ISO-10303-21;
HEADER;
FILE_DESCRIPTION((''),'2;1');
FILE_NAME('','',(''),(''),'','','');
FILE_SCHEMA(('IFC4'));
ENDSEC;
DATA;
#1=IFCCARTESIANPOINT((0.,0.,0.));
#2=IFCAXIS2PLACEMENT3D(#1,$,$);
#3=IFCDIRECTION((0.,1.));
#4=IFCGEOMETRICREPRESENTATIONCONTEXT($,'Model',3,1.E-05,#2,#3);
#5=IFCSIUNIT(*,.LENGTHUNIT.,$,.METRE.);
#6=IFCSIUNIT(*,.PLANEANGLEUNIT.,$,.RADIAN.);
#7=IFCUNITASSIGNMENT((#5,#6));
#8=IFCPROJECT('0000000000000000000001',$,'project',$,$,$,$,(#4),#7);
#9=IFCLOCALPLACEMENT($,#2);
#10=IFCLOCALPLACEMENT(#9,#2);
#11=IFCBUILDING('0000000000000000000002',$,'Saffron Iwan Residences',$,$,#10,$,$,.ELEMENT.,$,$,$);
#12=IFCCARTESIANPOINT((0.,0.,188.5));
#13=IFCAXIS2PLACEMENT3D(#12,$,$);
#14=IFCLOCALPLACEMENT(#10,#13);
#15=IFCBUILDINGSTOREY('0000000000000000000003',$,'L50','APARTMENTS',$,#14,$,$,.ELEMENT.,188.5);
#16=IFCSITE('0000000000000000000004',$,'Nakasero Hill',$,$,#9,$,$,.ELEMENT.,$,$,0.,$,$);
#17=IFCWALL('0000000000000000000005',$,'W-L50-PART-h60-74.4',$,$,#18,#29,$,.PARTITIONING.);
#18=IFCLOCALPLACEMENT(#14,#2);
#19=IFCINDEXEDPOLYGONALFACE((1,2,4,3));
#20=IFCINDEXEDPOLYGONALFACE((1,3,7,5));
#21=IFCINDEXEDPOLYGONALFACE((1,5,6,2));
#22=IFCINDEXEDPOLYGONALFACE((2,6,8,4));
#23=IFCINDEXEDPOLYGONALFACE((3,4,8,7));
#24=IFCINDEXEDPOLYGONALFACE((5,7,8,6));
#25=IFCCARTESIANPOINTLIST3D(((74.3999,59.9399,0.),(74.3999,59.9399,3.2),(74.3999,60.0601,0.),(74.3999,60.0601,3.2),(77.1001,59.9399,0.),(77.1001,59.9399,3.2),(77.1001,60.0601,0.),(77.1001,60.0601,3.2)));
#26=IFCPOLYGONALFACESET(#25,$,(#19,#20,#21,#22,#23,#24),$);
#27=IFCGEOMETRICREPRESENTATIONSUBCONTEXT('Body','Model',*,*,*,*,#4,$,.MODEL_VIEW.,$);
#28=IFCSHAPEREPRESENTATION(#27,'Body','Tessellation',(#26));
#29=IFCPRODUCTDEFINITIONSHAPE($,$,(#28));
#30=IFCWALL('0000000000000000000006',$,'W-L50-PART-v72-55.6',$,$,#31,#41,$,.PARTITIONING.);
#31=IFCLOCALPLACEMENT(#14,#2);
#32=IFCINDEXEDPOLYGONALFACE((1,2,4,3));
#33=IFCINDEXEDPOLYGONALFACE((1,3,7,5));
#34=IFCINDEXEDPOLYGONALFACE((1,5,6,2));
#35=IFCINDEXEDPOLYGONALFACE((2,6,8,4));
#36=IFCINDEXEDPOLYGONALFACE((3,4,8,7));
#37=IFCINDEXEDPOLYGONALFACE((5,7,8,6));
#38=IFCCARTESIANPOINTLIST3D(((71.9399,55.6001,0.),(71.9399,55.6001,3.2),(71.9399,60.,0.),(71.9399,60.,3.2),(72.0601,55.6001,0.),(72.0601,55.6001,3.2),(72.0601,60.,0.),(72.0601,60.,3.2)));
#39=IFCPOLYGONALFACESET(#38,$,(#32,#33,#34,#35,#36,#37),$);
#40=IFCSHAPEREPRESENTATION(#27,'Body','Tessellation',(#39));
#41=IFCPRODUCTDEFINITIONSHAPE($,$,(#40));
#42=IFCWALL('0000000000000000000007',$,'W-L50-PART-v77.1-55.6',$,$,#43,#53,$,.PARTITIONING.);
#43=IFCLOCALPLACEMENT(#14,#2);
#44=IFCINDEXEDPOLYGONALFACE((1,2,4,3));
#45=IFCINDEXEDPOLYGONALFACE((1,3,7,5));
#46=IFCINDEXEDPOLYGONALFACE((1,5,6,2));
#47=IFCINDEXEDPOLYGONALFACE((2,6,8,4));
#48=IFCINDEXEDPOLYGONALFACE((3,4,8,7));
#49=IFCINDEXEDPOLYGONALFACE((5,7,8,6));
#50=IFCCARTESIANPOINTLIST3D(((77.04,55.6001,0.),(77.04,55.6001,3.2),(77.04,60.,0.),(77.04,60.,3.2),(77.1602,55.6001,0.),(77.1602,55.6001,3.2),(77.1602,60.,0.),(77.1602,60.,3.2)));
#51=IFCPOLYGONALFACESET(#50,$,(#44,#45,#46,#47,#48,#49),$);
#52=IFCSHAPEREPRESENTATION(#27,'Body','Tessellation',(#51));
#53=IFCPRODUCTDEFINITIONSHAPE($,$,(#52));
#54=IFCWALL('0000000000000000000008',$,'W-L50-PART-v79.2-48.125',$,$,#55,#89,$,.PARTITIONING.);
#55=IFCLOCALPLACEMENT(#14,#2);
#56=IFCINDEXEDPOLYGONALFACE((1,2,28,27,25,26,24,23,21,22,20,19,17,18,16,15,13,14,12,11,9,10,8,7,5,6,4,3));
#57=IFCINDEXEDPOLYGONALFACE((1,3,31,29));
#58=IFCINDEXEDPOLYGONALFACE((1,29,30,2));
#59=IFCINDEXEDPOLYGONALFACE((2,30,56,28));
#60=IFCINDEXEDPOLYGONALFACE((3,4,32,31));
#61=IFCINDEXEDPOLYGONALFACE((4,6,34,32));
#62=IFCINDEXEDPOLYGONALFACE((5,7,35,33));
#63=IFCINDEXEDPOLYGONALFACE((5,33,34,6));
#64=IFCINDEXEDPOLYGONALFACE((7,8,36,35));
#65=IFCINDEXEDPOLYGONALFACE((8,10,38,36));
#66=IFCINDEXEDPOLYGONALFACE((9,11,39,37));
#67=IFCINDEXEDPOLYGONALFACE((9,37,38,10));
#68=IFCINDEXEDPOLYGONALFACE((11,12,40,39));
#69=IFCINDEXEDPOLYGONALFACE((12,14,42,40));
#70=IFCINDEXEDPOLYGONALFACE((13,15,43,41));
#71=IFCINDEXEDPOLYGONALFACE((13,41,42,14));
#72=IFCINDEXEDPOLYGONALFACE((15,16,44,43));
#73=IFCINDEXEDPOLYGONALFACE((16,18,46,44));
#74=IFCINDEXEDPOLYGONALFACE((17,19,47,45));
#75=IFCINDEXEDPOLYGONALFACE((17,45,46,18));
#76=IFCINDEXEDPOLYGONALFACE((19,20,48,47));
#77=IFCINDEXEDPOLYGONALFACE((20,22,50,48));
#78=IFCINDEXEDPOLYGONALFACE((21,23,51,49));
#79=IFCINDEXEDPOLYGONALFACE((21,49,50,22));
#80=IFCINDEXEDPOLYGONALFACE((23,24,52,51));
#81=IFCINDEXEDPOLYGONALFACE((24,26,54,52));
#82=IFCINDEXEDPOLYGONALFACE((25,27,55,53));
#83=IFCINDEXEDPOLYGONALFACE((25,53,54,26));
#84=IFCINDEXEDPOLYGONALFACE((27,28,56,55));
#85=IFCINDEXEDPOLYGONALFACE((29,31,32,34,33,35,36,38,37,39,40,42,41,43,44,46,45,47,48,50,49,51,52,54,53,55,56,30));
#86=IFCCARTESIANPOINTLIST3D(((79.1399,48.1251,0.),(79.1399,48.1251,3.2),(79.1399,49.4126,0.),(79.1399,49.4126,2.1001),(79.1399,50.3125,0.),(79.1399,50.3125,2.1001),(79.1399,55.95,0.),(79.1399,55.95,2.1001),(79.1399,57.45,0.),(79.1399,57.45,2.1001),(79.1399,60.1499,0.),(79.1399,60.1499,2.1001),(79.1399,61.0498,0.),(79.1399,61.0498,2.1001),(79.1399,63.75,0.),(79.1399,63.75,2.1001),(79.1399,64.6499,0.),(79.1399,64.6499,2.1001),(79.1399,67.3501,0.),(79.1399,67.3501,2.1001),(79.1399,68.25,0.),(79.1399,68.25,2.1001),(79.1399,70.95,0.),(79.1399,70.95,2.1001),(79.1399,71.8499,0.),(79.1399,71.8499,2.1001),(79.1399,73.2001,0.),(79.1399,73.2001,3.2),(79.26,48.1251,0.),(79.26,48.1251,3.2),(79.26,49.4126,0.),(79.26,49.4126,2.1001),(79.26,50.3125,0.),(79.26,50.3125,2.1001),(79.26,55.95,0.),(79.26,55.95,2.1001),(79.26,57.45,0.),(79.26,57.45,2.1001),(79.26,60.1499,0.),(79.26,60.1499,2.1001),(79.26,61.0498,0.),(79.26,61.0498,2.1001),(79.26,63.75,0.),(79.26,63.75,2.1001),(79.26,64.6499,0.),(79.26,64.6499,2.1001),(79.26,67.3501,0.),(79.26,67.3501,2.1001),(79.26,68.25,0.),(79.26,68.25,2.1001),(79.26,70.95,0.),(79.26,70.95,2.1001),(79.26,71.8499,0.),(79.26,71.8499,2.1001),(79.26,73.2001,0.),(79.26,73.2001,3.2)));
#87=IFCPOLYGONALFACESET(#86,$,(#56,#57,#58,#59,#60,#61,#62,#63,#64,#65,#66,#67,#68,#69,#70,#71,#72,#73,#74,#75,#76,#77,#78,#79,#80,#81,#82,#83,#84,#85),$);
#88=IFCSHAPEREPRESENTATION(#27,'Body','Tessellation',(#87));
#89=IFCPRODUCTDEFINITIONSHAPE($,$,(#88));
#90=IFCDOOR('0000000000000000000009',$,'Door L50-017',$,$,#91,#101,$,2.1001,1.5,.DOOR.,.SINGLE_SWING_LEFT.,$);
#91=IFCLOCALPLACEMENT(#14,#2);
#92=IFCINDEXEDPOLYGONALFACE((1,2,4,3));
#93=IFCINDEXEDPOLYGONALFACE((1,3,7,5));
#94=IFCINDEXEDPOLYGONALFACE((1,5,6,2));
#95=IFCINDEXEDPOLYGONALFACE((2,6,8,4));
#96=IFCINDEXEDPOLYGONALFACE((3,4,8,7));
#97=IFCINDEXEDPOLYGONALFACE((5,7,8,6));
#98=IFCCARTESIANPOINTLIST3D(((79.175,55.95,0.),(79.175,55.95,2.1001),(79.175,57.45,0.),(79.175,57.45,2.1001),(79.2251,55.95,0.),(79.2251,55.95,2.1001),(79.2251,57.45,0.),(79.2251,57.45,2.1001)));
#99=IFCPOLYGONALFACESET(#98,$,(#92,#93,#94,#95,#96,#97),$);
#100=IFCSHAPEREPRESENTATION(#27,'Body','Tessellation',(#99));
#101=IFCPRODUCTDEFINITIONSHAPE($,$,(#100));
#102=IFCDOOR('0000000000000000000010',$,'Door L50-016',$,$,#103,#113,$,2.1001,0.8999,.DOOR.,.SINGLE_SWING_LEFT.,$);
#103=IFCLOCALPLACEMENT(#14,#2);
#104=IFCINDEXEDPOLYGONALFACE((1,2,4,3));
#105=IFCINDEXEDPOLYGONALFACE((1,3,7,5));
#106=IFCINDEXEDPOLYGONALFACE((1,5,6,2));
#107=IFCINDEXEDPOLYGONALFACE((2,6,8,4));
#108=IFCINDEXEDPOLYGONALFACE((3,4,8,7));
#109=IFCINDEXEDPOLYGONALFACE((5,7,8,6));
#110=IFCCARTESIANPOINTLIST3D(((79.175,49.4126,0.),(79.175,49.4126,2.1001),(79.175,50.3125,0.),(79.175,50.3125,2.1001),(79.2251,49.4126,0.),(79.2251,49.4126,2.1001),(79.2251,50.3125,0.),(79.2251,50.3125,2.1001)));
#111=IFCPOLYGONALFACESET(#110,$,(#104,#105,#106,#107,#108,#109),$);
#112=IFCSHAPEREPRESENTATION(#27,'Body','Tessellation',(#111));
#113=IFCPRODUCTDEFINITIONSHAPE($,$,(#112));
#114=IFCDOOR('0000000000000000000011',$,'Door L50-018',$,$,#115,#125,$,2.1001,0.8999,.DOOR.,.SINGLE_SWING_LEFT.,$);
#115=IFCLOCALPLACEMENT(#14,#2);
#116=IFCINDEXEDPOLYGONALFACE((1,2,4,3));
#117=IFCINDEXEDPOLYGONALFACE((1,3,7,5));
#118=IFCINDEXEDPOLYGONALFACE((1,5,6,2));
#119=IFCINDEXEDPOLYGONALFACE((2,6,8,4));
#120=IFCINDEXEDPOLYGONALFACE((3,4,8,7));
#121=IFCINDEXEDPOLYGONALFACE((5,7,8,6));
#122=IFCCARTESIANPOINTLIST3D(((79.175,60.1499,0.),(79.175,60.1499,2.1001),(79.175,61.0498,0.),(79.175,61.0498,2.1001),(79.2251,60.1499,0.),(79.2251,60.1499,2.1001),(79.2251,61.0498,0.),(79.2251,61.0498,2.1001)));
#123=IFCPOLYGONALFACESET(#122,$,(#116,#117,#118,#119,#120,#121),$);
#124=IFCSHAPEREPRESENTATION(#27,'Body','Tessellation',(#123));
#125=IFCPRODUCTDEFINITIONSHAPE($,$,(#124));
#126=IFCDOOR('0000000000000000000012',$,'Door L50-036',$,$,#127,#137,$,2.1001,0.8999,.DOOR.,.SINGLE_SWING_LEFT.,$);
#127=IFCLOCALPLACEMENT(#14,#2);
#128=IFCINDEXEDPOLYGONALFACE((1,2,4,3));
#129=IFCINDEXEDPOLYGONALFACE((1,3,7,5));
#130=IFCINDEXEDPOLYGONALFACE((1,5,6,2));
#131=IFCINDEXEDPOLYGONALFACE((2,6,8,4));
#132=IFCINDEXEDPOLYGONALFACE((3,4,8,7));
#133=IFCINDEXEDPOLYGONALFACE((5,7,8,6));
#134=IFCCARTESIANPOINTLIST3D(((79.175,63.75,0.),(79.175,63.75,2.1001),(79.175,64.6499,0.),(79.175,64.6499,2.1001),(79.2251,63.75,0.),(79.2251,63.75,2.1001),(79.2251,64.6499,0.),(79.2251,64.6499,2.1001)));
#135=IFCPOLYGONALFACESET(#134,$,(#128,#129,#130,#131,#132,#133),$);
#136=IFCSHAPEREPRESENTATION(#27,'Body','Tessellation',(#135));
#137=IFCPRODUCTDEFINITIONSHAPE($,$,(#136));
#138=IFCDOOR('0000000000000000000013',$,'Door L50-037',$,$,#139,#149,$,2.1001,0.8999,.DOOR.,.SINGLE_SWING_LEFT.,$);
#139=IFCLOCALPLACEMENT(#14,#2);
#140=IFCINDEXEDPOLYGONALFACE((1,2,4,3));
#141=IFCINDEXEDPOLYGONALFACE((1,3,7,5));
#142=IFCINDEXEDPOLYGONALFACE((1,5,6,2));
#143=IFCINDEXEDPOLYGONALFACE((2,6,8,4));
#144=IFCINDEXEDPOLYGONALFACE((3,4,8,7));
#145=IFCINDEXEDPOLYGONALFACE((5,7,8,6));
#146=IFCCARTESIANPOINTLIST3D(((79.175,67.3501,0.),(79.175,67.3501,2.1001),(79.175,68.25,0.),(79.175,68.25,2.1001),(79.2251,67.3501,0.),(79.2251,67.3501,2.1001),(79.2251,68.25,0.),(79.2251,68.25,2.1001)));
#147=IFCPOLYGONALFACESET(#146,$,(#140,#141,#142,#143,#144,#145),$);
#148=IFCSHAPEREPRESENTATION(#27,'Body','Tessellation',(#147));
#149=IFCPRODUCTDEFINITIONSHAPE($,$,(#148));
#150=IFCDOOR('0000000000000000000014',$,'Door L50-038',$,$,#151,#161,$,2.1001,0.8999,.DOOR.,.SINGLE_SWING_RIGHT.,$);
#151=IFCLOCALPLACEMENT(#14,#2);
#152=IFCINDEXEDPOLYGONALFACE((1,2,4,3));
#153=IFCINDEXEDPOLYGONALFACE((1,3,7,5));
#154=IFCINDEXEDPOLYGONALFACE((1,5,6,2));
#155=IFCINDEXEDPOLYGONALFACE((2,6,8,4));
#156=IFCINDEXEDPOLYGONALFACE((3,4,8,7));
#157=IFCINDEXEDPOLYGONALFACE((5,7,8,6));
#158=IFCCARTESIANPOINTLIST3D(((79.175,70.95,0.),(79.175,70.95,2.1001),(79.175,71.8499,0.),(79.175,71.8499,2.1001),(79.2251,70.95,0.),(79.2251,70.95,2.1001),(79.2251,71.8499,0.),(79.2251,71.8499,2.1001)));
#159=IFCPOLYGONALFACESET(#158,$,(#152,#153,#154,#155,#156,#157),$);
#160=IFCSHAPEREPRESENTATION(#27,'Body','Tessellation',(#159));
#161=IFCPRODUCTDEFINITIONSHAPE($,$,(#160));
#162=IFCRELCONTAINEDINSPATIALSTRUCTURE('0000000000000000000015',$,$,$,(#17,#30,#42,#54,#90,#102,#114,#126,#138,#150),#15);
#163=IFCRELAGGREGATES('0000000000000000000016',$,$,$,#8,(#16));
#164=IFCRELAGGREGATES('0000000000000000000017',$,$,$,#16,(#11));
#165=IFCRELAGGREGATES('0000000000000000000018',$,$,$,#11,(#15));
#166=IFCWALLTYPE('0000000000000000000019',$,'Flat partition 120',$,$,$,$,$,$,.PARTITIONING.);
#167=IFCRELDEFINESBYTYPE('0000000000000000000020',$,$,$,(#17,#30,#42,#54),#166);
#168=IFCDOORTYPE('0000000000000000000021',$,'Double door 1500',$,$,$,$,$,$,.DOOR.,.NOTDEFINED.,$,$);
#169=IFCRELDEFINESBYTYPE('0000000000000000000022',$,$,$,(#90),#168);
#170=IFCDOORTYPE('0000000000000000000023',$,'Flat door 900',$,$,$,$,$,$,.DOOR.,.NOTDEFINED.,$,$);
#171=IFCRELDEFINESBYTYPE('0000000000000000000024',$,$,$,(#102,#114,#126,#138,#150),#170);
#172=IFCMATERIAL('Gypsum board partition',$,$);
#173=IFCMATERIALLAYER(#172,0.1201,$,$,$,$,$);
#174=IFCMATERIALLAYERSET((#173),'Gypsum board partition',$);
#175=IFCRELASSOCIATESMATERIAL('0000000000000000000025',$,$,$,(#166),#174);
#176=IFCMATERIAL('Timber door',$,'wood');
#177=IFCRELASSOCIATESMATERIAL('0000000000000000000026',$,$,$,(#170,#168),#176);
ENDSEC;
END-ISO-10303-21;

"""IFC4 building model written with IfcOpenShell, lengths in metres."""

from ifc_helpers import new_model, si_unit, direction, frame, frame_2d, origin, place, context, subcontext, project, spatial, rectangle, extrude, material, layer, layer_set, type_object, element, fill, save


model = new_model("IFC4")

# Units and contexts
model_context = context("Model", 3, precision=1e-05, world=origin(), true_north=direction((0.0, 1.0)))
body_context = subcontext(model_context, "Body", "Model", "MODEL_VIEW")
ifc_project = project(units=[si_unit("LENGTHUNIT", "METRE"), si_unit("PLANEANGLEUNIT", "RADIAN")], contexts=[model_context])

# Site, building, storey
site_placement = place(None, origin())
site = spatial("IfcSite", under=ifc_project, at=site_placement, Name="Nakasero Hill", CompositionType="ELEMENT", RefElevation=0.0)
building_placement = place(site_placement, origin())
building = spatial("IfcBuilding", under=site, at=building_placement, Name="Saffron Iwan Residences", CompositionType="ELEMENT")
storey_placement = place(building_placement, frame((0.0, 0.0, 188.5)))
storey = spatial("IfcBuildingStorey", under=building, at=storey_placement, Name="L50", Description="APARTMENTS", CompositionType="ELEMENT", Elevation=188.5)

# Shared definitions
ifc_material_1 = material(Name="Gypsum board partition")
ifc_layer_1 = layer(ifc_material_1, 0.1201)
ifc_layer_set_1 = layer_set([ifc_layer_1], Name="Gypsum board partition")
wall_type_1 = type_object("IfcWallType", Name="Flat partition 120", PredefinedType="PARTITIONING", material=ifc_layer_set_1)

# Shared definitions
ifc_material_2 = material(Name="Timber door", Category="wood")
door_type_1 = type_object("IfcDoorType", Name="Flat door 900", OperationType="NOTDEFINED", PredefinedType="DOOR", material=ifc_material_2)

# Walls
wall_1_placement = place(storey_placement, frame((74.3999, 60.0, 0.0), z_axis=(0.0, 0.0, 1.0), x_axis=(1.0, 0.0, 0.0)))
element("IfcWall", 1, at=wall_1_placement, inside=storey, type_object=wall_type_1, Name="W-L50-PART-h60-74.4", PredefinedType="PARTITIONING", context=body_context, shape_type="SweptSolid", body=[
    extrude(rectangle(XDim=2.7002, YDim=0.1201, at=frame_2d((1.3501, 0.0))), origin(), (0.0, 0.0, 1.0), 3.2),
])
for number, where, z_axis, x_axis, name in (
    (2, (72.0, 55.6001, 0.0), (0.0, 0.0, 1.0), (0.0, 1.0, 0.0), "W-L50-PART-v72-55.6"),
    (3, (77.1001, 55.6001, 0.0), (0.0, 0.0, 1.0), (0.0, 1.0, 0.0), "W-L50-PART-v77.1-55.6"),
):
    element("IfcWall", number, at=place(storey_placement, frame(where, z_axis=z_axis, x_axis=x_axis)), inside=storey, type_object=wall_type_1, Name=name, PredefinedType="PARTITIONING", context=body_context, shape_type="SweptSolid", body=[
        extrude(rectangle(XDim=4.3999, YDim=0.1201, at=frame_2d((2.2, 0.0))), origin(), (0.0, 0.0, 1.0), 3.2),
    ])

# Wall, openings, doors
wall_2_placement = place(storey_placement, frame((79.2, 48.125, 0.0), z_axis=(0.0, 0.0, 1.0), x_axis=(0.0, 1.0, 0.0)))
wall_2 = element("IfcWall", 4, at=wall_2_placement, inside=storey, type_object=wall_type_1, Name="W-L50-PART-v79.2-48.125", PredefinedType="PARTITIONING", context=body_context, shape_type="SweptSolid", body=[
    extrude(rectangle(XDim=25.075, YDim=0.1201, at=frame_2d((12.5376, 0.0))), origin(), (0.0, 0.0, 1.0), 3.2),
])
opening_1_placement = place(wall_2_placement, frame((1.2876, 0.0, 0.0)))
opening_1 = element("IfcOpeningElement", 5, at=opening_1_placement, cuts=wall_2, PredefinedType="OPENING", context=body_context, shape_type="SweptSolid", body=[
    extrude(rectangle(XDim=0.8999, YDim=2.1001, at=frame_2d((0.45, 1.05))), frame((0.0, 0.0701, 0.0), z_axis=(0.0, -1.0, 0.0), x_axis=(1.0, 0.0, 0.0)), (0.0, 0.0, 1.0), 0.1401),
])
opening_2_placement = place(wall_2_placement, frame((7.825, 0.0, 0.0)))
opening_2 = element("IfcOpeningElement", 6, at=opening_2_placement, cuts=wall_2, PredefinedType="OPENING", context=body_context, shape_type="SweptSolid", body=[
    extrude(rectangle(XDim=1.5, YDim=2.1001, at=frame_2d((0.75, 1.05))), frame((0.0, 0.0701, 0.0), z_axis=(0.0, -1.0, 0.0), x_axis=(1.0, 0.0, 0.0)), (0.0, 0.0, 1.0), 0.1401),
])
opening_3_placement = place(wall_2_placement, frame((12.0249, 0.0, 0.0)))
opening_3 = element("IfcOpeningElement", 7, at=opening_3_placement, cuts=wall_2, PredefinedType="OPENING", context=body_context, shape_type="SweptSolid", body=[
    extrude(rectangle(XDim=0.8999, YDim=2.1001, at=frame_2d((0.45, 1.05))), frame((0.0, 0.0701, 0.0), z_axis=(0.0, -1.0, 0.0), x_axis=(1.0, 0.0, 0.0)), (0.0, 0.0, 1.0), 0.1401),
])
opening_4_placement = place(wall_2_placement, frame((15.625, 0.0, 0.0)))
opening_4 = element("IfcOpeningElement", 8, at=opening_4_placement, cuts=wall_2, PredefinedType="OPENING", context=body_context, shape_type="SweptSolid", body=[
    extrude(rectangle(XDim=0.8999, YDim=2.1001, at=frame_2d((0.45, 1.05))), frame((0.0, 0.0701, 0.0), z_axis=(0.0, -1.0, 0.0), x_axis=(1.0, 0.0, 0.0)), (0.0, 0.0, 1.0), 0.1401),
])
opening_5_placement = place(wall_2_placement, frame((19.2251, 0.0, 0.0)))
opening_5 = element("IfcOpeningElement", 9, at=opening_5_placement, cuts=wall_2, PredefinedType="OPENING", context=body_context, shape_type="SweptSolid", body=[
    extrude(rectangle(XDim=0.8999, YDim=2.1001, at=frame_2d((0.45, 1.05))), frame((0.0, 0.0701, 0.0), z_axis=(0.0, -1.0, 0.0), x_axis=(1.0, 0.0, 0.0)), (0.0, 0.0, 1.0), 0.1401),
])
opening_6_placement = place(wall_2_placement, frame((22.825, 0.0, 0.0)))
opening_6 = element("IfcOpeningElement", 10, at=opening_6_placement, cuts=wall_2, PredefinedType="OPENING", context=body_context, shape_type="SweptSolid", body=[
    extrude(rectangle(XDim=0.8999, YDim=2.1001, at=frame_2d((0.45, 1.05))), frame((0.0, 0.0701, 0.0), z_axis=(0.0, -1.0, 0.0), x_axis=(1.0, 0.0, 0.0)), (0.0, 0.0, 1.0), 0.1401),
])
door_type_2 = type_object("IfcDoorType", Name="Double door 1500", OperationType="NOTDEFINED", PredefinedType="DOOR", material=ifc_material_2)
door_1_placement = place(opening_2_placement, origin())
door_1 = element("IfcDoor", 11, at=door_1_placement, inside=storey, type_object=door_type_2, Name="Door L50-017", OperationType="SINGLE_SWING_LEFT", OverallHeight=2.1001, OverallWidth=1.5, PredefinedType="DOOR", context=body_context, shape_type="SweptSolid", body=[
    extrude(rectangle(XDim=1.5, YDim=2.1001, at=frame_2d((0.75, 1.05))), frame((0.0, 0.0249, 0.0), z_axis=(0.0, -1.0, 0.0), x_axis=(1.0, 0.0, 0.0)), (0.0, 0.0, 1.0), 0.05),
])
fill(opening_2, door_1)
door_2_placement = place(opening_1_placement, origin())
door_2 = element("IfcDoor", 12, at=door_2_placement, inside=storey, type_object=door_type_1, Name="Door L50-016", OperationType="SINGLE_SWING_LEFT", OverallHeight=2.1001, OverallWidth=0.8999, PredefinedType="DOOR", context=body_context, shape_type="SweptSolid", body=[
    extrude(rectangle(XDim=0.8999, YDim=2.1001, at=frame_2d((0.45, 1.05))), frame((0.0, 0.0249, 0.0), z_axis=(0.0, -1.0, 0.0), x_axis=(1.0, 0.0, 0.0)), (0.0, 0.0, 1.0), 0.05),
])
fill(opening_1, door_2)
door_3_placement = place(opening_3_placement, origin())
door_3 = element("IfcDoor", 13, at=door_3_placement, inside=storey, type_object=door_type_1, Name="Door L50-018", OperationType="SINGLE_SWING_LEFT", OverallHeight=2.1001, OverallWidth=0.8999, PredefinedType="DOOR", context=body_context, shape_type="SweptSolid", body=[
    extrude(rectangle(XDim=0.8999, YDim=2.1001, at=frame_2d((0.45, 1.05))), frame((0.0, 0.0249, 0.0), z_axis=(0.0, -1.0, 0.0), x_axis=(1.0, 0.0, 0.0)), (0.0, 0.0, 1.0), 0.05),
])
fill(opening_3, door_3)
door_4_placement = place(opening_4_placement, origin())
door_4 = element("IfcDoor", 14, at=door_4_placement, inside=storey, type_object=door_type_1, Name="Door L50-036", OperationType="SINGLE_SWING_LEFT", OverallHeight=2.1001, OverallWidth=0.8999, PredefinedType="DOOR", context=body_context, shape_type="SweptSolid", body=[
    extrude(rectangle(XDim=0.8999, YDim=2.1001, at=frame_2d((0.45, 1.05))), frame((0.0, 0.0249, 0.0), z_axis=(0.0, -1.0, 0.0), x_axis=(1.0, 0.0, 0.0)), (0.0, 0.0, 1.0), 0.05),
])
fill(opening_4, door_4)
door_5_placement = place(opening_5_placement, origin())
door_5 = element("IfcDoor", 15, at=door_5_placement, inside=storey, type_object=door_type_1, Name="Door L50-037", OperationType="SINGLE_SWING_LEFT", OverallHeight=2.1001, OverallWidth=0.8999, PredefinedType="DOOR", context=body_context, shape_type="SweptSolid", body=[
    extrude(rectangle(XDim=0.8999, YDim=2.1001, at=frame_2d((0.45, 1.05))), frame((0.0, 0.0249, 0.0), z_axis=(0.0, -1.0, 0.0), x_axis=(1.0, 0.0, 0.0)), (0.0, 0.0, 1.0), 0.05),
])
fill(opening_5, door_5)
door_6_placement = place(opening_6_placement, origin())
door_6 = element("IfcDoor", 16, at=door_6_placement, inside=storey, type_object=door_type_1, Name="Door L50-038", OperationType="SINGLE_SWING_RIGHT", OverallHeight=2.1001, OverallWidth=0.8999, PredefinedType="DOOR", context=body_context, shape_type="SweptSolid", body=[
    extrude(rectangle(XDim=0.8999, YDim=2.1001, at=frame_2d((0.45, 1.05))), frame((0.0, 0.0249, 0.0), z_axis=(0.0, -1.0, 0.0), x_axis=(1.0, 0.0, 0.0)), (0.0, 0.0, 1.0), 0.05),
])
fill(opening_6, door_6)

save(model, "model.ifc")
